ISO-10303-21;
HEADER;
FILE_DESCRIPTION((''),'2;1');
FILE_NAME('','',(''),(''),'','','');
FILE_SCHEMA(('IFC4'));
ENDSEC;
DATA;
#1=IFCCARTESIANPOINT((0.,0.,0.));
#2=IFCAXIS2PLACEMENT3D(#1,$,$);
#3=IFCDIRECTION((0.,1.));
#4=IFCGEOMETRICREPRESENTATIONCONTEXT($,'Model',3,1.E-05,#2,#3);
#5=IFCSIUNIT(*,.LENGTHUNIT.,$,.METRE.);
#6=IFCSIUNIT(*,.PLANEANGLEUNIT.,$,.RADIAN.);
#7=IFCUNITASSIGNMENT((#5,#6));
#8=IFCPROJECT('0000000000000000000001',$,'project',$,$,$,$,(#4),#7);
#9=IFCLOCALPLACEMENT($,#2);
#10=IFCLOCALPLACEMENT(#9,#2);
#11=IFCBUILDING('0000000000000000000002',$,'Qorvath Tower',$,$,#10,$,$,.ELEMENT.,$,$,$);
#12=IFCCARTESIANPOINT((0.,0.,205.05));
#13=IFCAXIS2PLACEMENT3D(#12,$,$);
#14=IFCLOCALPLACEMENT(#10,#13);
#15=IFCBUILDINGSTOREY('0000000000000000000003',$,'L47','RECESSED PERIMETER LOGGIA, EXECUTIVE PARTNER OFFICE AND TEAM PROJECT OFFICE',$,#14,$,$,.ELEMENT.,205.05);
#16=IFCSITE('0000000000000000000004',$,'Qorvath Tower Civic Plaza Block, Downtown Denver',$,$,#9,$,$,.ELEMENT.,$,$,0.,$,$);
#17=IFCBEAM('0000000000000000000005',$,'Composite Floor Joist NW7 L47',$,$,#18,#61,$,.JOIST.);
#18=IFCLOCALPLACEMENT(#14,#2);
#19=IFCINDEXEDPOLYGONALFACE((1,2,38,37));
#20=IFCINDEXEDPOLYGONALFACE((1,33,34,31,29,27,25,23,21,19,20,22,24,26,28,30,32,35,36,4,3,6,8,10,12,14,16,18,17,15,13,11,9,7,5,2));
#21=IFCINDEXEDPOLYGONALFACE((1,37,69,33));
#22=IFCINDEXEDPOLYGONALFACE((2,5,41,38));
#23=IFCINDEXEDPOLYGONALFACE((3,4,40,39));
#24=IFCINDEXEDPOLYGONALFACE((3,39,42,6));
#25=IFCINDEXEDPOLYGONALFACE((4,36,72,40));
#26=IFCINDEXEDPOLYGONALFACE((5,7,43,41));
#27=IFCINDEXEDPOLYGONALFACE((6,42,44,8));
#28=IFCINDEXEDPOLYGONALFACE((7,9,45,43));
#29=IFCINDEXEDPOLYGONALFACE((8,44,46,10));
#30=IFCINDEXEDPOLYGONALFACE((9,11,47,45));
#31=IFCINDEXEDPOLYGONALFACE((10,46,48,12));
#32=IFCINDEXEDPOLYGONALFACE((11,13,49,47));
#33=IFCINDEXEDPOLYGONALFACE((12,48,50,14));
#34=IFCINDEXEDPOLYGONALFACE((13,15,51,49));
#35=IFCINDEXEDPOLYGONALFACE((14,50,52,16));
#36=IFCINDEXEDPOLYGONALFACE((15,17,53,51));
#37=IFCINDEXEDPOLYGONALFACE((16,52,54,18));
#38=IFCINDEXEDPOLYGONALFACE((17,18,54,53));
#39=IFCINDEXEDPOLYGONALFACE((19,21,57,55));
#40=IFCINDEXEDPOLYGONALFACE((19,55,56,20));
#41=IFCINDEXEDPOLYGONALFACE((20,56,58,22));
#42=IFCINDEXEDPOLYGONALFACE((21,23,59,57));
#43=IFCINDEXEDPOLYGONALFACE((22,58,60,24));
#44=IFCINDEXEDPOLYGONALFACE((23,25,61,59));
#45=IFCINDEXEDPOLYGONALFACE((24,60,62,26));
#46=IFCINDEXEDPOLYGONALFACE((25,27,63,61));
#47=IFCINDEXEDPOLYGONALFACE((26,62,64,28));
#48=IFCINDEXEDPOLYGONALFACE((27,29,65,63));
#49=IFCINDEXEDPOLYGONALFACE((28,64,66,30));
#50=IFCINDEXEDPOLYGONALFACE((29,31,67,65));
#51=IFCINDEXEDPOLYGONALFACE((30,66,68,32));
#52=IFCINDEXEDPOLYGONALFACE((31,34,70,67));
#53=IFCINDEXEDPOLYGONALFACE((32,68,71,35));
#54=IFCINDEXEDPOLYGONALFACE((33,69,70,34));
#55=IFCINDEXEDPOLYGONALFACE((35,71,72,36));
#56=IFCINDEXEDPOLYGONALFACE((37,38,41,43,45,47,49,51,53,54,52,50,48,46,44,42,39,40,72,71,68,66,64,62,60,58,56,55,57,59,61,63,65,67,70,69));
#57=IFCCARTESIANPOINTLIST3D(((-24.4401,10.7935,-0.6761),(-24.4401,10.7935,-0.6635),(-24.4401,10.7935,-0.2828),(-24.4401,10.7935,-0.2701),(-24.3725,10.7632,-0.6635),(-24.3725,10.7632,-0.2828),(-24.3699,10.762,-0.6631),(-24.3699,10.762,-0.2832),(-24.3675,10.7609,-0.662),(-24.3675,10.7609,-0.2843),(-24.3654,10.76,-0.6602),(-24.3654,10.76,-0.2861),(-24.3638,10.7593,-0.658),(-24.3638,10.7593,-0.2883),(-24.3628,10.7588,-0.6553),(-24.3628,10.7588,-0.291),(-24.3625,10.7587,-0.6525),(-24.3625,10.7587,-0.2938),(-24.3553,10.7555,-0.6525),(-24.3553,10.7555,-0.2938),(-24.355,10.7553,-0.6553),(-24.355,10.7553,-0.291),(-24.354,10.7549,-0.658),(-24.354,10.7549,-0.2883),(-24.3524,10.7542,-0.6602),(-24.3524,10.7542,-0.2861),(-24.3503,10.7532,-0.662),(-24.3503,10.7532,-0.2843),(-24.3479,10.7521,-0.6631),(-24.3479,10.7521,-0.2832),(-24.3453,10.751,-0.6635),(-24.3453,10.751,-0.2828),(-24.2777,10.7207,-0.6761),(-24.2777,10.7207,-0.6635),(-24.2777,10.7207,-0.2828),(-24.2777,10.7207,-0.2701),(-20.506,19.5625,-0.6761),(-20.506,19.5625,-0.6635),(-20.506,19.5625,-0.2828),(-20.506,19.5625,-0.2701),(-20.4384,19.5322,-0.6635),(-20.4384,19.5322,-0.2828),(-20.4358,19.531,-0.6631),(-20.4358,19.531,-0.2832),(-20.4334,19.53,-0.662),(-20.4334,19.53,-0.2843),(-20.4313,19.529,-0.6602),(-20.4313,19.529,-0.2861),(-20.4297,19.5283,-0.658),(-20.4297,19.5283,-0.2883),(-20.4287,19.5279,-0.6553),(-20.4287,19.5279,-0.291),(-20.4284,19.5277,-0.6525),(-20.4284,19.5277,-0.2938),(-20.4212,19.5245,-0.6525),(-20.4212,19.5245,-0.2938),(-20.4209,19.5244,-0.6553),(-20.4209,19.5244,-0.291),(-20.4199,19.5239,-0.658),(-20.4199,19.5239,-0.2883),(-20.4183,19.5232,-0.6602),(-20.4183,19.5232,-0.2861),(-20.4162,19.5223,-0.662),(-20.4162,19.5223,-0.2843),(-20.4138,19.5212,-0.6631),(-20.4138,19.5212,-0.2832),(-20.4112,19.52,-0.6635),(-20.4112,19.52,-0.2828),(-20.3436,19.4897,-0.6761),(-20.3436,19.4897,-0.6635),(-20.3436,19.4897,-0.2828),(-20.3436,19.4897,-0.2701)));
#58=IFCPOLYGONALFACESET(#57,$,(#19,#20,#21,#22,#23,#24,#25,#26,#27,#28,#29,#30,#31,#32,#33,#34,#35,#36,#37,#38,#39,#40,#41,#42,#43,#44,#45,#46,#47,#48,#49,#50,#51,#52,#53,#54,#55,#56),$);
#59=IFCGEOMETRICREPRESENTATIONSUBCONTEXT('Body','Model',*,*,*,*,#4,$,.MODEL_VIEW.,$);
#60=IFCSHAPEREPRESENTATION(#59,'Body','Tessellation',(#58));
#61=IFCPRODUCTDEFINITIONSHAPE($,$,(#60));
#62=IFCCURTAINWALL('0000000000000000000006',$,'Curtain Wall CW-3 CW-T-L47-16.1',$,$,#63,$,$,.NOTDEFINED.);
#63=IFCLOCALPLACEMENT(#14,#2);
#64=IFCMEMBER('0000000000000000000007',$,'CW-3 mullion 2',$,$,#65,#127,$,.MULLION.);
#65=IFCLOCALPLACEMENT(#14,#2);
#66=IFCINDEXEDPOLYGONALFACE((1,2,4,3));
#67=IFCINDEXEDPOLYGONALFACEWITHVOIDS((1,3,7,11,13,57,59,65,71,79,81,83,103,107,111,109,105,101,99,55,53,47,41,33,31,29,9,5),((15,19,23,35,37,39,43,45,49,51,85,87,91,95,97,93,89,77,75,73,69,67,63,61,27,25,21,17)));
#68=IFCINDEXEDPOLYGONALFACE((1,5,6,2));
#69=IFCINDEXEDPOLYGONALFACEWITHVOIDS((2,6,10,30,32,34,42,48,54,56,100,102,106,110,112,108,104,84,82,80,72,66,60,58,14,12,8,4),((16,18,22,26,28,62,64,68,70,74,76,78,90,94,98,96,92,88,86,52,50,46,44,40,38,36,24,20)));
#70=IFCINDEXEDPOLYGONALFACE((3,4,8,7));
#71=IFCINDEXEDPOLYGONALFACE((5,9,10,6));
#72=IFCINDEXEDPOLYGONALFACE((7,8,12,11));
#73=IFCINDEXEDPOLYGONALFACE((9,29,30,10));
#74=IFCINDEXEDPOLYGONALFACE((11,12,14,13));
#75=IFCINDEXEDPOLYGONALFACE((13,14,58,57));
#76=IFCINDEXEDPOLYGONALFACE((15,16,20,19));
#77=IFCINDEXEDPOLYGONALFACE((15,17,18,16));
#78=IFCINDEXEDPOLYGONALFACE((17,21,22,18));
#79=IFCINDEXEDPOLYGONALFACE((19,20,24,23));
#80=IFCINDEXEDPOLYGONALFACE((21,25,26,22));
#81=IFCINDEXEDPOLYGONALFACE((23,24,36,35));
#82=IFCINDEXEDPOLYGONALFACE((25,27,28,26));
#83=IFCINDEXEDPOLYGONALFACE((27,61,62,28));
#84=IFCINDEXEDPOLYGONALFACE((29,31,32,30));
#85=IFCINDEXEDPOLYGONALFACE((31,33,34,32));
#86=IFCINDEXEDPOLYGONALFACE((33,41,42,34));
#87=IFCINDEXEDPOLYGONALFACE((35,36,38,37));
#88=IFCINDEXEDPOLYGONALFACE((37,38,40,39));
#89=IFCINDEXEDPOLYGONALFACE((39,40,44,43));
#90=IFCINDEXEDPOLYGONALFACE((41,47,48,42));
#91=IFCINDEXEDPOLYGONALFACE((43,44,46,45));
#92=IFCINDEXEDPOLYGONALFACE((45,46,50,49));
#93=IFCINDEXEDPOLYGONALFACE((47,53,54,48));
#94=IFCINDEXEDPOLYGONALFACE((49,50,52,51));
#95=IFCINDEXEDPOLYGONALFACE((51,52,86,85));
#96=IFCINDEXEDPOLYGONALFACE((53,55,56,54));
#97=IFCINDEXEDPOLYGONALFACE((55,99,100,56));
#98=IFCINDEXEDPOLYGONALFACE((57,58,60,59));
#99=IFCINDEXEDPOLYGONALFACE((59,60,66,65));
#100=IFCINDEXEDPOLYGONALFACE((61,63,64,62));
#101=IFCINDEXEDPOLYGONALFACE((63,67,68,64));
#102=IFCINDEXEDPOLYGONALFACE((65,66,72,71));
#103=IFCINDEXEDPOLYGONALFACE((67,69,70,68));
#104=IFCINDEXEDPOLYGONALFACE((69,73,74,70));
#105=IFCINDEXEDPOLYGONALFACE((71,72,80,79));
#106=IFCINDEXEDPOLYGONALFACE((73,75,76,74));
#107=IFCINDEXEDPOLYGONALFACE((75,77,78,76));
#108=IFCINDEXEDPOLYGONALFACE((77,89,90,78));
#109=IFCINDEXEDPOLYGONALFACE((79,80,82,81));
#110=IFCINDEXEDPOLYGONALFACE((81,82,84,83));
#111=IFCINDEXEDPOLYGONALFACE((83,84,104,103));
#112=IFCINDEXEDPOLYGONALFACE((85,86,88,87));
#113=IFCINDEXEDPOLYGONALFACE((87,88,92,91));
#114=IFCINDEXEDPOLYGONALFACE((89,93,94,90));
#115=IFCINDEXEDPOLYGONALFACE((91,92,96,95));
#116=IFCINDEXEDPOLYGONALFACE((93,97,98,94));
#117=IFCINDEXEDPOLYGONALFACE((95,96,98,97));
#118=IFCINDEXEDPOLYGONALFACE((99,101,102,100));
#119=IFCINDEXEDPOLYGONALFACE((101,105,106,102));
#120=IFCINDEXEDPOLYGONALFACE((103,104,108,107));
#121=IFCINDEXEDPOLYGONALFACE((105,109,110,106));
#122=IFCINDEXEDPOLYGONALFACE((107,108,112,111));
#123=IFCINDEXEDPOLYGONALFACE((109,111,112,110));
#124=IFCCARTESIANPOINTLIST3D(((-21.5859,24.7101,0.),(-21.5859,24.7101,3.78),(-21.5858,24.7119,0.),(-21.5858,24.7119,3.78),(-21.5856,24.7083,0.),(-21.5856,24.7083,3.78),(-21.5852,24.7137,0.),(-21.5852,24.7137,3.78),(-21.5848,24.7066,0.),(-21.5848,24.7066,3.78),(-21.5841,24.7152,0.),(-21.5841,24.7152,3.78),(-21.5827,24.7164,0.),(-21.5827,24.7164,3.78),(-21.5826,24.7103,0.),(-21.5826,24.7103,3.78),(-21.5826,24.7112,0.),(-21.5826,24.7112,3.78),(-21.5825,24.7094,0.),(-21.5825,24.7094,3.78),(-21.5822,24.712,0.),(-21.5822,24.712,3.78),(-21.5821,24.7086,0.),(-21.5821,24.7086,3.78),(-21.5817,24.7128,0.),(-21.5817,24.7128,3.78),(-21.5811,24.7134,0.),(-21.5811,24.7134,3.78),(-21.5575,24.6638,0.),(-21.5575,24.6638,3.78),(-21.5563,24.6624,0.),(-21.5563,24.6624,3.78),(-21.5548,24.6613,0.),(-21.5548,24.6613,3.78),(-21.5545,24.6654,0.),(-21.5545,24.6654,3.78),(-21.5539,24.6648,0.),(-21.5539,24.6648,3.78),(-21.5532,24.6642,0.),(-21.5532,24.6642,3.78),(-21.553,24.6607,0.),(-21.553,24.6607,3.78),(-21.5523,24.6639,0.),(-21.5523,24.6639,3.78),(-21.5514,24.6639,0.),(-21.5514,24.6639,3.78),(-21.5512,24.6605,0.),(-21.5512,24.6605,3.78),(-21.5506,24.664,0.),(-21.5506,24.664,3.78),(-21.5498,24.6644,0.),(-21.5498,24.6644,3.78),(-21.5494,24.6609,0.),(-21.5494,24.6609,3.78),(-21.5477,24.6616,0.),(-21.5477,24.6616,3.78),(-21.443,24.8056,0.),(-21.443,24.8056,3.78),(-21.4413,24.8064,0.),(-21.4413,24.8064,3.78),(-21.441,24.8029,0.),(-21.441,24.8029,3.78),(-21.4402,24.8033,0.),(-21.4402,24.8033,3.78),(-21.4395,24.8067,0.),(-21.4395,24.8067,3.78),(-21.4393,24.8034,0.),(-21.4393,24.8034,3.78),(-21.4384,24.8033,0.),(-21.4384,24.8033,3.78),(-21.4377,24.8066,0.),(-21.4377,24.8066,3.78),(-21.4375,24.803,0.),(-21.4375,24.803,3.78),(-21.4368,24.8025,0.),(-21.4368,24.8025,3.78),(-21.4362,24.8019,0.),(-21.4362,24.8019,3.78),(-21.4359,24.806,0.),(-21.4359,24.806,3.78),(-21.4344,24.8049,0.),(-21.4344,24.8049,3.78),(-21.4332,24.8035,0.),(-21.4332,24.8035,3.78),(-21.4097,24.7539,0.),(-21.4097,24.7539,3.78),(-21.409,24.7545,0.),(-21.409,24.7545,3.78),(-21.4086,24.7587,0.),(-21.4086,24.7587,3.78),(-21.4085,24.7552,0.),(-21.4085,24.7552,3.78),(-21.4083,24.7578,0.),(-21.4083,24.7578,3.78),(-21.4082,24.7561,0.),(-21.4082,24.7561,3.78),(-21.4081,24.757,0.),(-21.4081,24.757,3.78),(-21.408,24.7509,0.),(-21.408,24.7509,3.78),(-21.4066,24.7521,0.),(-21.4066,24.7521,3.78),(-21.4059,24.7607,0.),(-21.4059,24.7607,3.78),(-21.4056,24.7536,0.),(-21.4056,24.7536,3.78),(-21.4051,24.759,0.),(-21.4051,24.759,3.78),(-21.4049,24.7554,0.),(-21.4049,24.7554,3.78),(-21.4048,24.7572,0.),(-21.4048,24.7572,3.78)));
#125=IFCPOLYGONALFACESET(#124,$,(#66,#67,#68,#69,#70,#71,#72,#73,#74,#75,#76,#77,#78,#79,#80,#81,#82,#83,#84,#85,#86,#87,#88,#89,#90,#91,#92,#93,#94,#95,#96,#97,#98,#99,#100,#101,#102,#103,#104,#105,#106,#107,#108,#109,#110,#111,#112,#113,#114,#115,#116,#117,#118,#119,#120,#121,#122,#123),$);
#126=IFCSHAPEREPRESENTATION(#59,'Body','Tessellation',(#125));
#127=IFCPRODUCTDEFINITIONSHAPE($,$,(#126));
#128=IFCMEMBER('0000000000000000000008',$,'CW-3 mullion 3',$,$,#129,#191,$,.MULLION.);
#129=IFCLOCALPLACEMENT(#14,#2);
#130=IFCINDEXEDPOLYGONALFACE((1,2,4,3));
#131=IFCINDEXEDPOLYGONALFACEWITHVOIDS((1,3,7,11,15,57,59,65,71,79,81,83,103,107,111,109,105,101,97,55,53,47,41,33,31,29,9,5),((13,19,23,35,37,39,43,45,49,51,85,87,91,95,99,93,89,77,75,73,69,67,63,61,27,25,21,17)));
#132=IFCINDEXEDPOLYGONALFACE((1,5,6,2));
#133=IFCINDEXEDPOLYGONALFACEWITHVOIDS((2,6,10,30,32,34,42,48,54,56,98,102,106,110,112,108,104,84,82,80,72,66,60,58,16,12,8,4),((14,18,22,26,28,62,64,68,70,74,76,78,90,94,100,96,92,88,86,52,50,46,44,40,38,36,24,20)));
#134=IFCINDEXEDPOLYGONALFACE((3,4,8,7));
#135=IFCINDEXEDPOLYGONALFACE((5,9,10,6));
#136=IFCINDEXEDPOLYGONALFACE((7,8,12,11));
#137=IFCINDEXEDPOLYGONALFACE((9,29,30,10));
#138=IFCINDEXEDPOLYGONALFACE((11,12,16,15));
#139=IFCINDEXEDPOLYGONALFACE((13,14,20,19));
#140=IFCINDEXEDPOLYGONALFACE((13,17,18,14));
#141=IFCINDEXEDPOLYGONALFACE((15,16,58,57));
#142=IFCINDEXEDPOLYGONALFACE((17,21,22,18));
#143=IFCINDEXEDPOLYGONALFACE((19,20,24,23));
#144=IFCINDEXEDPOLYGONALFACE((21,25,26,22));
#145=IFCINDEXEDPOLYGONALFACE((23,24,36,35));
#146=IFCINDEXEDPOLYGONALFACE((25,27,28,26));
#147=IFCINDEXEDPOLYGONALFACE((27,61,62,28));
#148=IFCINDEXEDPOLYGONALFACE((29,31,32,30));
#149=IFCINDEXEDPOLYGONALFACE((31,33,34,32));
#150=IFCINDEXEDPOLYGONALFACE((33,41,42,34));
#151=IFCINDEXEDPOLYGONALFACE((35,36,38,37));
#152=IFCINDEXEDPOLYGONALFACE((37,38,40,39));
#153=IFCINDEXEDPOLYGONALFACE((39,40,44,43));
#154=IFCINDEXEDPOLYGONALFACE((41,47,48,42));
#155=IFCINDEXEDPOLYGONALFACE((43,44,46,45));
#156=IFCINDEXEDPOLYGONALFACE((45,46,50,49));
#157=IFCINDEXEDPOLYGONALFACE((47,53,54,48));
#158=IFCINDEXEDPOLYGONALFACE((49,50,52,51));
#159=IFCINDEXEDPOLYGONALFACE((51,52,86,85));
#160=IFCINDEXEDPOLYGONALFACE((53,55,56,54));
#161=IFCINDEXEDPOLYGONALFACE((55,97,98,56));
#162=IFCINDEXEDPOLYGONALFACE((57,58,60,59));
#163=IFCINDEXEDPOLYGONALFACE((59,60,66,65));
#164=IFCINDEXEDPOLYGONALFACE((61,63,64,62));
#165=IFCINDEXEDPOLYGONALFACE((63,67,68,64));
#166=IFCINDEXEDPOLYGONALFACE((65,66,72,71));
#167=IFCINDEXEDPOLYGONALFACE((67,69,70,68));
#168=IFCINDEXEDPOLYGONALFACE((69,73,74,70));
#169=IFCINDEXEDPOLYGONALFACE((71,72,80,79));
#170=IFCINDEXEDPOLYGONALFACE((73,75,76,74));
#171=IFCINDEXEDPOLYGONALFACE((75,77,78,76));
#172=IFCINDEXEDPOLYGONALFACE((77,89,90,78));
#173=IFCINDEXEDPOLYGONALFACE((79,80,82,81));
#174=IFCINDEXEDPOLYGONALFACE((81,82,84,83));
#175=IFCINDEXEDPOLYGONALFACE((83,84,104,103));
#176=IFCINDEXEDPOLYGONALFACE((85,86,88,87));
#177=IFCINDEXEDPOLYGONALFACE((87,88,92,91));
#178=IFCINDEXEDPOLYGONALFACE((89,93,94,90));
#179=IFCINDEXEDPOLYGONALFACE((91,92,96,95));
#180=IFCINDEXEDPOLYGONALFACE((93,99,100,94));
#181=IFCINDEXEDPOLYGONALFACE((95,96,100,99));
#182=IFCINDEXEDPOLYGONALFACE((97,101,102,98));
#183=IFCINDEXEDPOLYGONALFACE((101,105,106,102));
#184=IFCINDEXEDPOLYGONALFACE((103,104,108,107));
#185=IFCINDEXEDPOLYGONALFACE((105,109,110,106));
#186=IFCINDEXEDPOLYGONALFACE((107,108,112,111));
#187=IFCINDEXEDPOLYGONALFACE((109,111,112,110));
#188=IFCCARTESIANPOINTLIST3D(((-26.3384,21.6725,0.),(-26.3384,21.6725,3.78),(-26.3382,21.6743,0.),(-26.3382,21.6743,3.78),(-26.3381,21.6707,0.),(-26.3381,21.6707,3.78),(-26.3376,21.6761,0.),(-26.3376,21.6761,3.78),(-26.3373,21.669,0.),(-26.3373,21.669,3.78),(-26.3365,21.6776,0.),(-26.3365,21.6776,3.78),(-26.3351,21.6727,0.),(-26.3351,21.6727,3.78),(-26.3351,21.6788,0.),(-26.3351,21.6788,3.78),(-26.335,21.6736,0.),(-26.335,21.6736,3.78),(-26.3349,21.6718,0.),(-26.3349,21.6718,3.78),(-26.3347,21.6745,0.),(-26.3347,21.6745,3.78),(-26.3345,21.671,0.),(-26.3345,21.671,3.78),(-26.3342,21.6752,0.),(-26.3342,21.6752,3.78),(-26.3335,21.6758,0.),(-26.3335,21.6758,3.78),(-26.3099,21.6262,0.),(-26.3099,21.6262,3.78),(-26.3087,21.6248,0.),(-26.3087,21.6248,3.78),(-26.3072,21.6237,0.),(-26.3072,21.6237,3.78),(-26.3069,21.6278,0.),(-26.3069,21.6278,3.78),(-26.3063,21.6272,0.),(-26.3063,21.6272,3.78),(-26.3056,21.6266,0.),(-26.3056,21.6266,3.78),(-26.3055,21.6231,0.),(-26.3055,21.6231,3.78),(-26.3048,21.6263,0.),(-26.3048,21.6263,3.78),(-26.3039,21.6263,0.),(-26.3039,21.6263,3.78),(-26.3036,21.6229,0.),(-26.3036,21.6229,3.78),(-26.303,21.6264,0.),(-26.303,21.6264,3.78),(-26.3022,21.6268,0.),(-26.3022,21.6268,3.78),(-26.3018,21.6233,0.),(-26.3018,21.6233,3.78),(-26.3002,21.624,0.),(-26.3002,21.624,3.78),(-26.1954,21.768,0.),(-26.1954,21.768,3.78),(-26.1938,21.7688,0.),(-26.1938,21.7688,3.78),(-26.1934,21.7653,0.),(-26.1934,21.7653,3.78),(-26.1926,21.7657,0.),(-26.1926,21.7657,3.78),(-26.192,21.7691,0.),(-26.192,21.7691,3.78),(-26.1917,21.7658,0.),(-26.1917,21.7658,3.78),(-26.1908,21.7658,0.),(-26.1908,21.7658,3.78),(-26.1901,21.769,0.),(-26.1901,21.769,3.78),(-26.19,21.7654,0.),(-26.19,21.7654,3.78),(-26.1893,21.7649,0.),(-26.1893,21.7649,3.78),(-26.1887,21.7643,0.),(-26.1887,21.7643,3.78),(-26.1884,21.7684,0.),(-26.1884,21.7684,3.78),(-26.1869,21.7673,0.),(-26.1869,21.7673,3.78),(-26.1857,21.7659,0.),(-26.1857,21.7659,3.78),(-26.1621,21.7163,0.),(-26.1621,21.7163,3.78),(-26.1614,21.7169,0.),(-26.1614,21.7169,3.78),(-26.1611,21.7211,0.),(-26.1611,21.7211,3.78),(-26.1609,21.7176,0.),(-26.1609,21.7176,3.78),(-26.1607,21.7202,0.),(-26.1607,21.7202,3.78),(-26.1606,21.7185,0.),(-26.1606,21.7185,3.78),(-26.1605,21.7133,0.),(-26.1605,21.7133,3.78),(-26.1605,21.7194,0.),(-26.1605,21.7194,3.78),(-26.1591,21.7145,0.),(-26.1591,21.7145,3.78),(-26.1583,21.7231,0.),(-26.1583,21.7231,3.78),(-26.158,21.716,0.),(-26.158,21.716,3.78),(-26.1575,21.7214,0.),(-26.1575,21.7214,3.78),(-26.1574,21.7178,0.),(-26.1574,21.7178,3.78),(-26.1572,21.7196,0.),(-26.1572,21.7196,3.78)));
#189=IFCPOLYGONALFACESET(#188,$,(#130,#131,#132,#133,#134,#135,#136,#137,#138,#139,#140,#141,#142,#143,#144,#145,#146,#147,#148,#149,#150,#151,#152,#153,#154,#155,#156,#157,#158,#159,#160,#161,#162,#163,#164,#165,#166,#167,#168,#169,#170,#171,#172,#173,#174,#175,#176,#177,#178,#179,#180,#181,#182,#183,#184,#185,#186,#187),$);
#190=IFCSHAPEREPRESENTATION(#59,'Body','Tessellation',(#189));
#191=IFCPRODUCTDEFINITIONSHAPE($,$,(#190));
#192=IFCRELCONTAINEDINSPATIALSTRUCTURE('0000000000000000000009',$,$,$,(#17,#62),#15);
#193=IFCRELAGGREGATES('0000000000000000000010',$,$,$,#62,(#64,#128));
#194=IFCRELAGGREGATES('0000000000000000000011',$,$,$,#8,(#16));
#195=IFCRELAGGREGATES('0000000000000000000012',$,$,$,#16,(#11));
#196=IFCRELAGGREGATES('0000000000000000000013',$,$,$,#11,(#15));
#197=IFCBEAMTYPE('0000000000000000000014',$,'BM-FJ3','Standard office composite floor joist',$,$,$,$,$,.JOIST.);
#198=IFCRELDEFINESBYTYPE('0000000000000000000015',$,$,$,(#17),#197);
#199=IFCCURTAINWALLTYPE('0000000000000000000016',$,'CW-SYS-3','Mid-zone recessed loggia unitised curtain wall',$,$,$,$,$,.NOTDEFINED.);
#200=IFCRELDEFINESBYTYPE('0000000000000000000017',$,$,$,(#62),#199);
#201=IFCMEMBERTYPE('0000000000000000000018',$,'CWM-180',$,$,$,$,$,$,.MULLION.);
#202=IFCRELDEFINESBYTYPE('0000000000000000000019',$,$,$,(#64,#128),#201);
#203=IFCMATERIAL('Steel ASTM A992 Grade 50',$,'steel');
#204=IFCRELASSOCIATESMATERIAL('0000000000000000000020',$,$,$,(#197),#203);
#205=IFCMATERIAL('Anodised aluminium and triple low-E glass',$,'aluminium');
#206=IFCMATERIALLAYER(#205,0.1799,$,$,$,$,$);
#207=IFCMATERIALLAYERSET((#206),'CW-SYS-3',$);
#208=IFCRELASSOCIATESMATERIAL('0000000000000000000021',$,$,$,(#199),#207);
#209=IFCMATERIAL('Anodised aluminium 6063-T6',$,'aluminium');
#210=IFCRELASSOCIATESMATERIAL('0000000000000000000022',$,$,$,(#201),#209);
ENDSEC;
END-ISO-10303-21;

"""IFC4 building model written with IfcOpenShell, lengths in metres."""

from ifc_helpers import new_model, si_unit, direction, frame, origin, origin_2d, place, context, subcontext, project, spatial, hollow_rectangle, i_section, extrude, material, layer, layer_set, material_profile, profile_set, type_object, element, aggregate, save


model = new_model("IFC4")

# Units and contexts
model_context = context("Model", 3, precision=1e-05, world=origin(), true_north=direction((0.0, 1.0)))
body_context = subcontext(model_context, "Body", "Model", "MODEL_VIEW")
ifc_project = project(units=[si_unit("LENGTHUNIT", "METRE"), si_unit("PLANEANGLEUNIT", "RADIAN")], contexts=[model_context])

# Site, building, storey
site_placement = place(None, origin())
site = spatial("IfcSite", under=ifc_project, at=site_placement, Name="Qorvath Tower Civic Plaza Block, Downtown Denver", CompositionType="ELEMENT", RefElevation=0.0)
building_placement = place(site_placement, origin())
building = spatial("IfcBuilding", under=site, at=building_placement, Name="Qorvath Tower", CompositionType="ELEMENT")
storey_placement = place(building_placement, frame((0.0, 0.0, 205.05)))
storey = spatial("IfcBuildingStorey", under=building, at=storey_placement, Name="L47", Description="RECESSED PERIMETER LOGGIA, EXECUTIVE PARTNER OFFICE AND TEAM PROJECT OFFICE", CompositionType="ELEMENT", Elevation=205.05)

# Beam
ifc_material_1 = material(Name="Steel ASTM A992 Grade 50", Category="steel")
ifc_material_profile_1 = material_profile(ifc_material_1, i_section(OverallWidth=0.178, OverallDepth=0.406, WebThickness=0.0078, FlangeThickness=0.0127, FilletRadius=0.011, at=origin_2d()), Name="W16x40")
ifc_profile_set_1 = profile_set([ifc_material_profile_1], Name="Steel ASTM A992 Grade 50")
beam_type_1 = type_object("IfcBeamType", Name="BM-FJ3", Description="Standard office composite floor joist", PredefinedType="JOIST", material=ifc_profile_set_1)
beam_1_placement = place(storey_placement, frame((-24.3589, 10.7571, -0.4731), z_axis=(0.409327, 0.912388, 0.0), x_axis=(-0.912388, 0.409327, 0.0)))
element("IfcBeam", 1, at=beam_1_placement, inside=storey, type_object=beam_type_1, Name="Composite Floor Joist NW7 L47", PredefinedType="JOIST", context=body_context, shape_type="SweptSolid", body=[
    extrude(i_section(OverallWidth=0.178, OverallDepth=0.406, WebThickness=0.0078, FlangeThickness=0.0127, FilletRadius=0.011, at=origin_2d()), origin(), (0.0, 0.0, 1.0), 9.6111),
])

# Curtain wall, members
ifc_material_2 = material(Name="Anodised aluminium and triple low-E glass", Category="aluminium")
ifc_layer_1 = layer(ifc_material_2, 0.1799)
ifc_layer_set_1 = layer_set([ifc_layer_1], Name="CW-SYS-3")
curtain_wall_type = type_object("IfcCurtainWallType", Name="CW-SYS-3", Description="Mid-zone recessed loggia unitised curtain wall", PredefinedType="NOTDEFINED", material=ifc_layer_set_1)
curtain_wall_placement = place(storey_placement, origin())
curtain_wall = element("IfcCurtainWall", 2, at=curtain_wall_placement, inside=storey, type_object=curtain_wall_type, Name="Curtain Wall CW-3 CW-T-L47-16.1", PredefinedType="NOTDEFINED")
ifc_material_3 = material(Name="Anodised aluminium 6063-T6", Category="aluminium")
ifc_material_profile_2 = material_profile(ifc_material_3, hollow_rectangle(XDim=0.0649, YDim=0.1799, WallThickness=0.0034, InnerFilletRadius=0.0034, OuterFilletRadius=0.0071, at=origin_2d()), Name="CWM 180x65")
ifc_profile_set_2 = profile_set([ifc_material_profile_2], Name="Anodised aluminium 6063-T6")
member_type_1 = type_object("IfcMemberType", Name="CWM-180", PredefinedType="MULLION", material=ifc_profile_set_2)
member_1_placement = place(storey_placement, frame((-21.4954, 24.7336, 0.0), z_axis=(0.0, 0.0, 1.0), x_axis=(0.538534, -0.842604, 0.0)))
member_1 = element("IfcMember", 3, at=member_1_placement, type_object=member_type_1, Name="CW-3 mullion 2", PredefinedType="MULLION", context=body_context, shape_type="SweptSolid", body=[
    extrude(hollow_rectangle(XDim=0.0649, YDim=0.1799, WallThickness=0.0034, InnerFilletRadius=0.0034, OuterFilletRadius=0.0071, at=origin_2d()), origin(), (0.0, 0.0, 1.0), 3.78),
])
member_2_placement = place(storey_placement, frame((-26.2478, 21.696, 0.0), z_axis=(0.0, 0.0, 1.0), x_axis=(0.538534, -0.842604, 0.0)))
member_2 = element("IfcMember", 4, at=member_2_placement, type_object=member_type_1, Name="CW-3 mullion 3", PredefinedType="MULLION", context=body_context, shape_type="SweptSolid", body=[
    extrude(hollow_rectangle(XDim=0.0649, YDim=0.1799, WallThickness=0.0034, InnerFilletRadius=0.0034, OuterFilletRadius=0.0071, at=origin_2d()), origin(), (0.0, 0.0, 1.0), 3.78),
])
aggregate(curtain_wall, [member_1, member_2])

save(model, "model.ifc")
